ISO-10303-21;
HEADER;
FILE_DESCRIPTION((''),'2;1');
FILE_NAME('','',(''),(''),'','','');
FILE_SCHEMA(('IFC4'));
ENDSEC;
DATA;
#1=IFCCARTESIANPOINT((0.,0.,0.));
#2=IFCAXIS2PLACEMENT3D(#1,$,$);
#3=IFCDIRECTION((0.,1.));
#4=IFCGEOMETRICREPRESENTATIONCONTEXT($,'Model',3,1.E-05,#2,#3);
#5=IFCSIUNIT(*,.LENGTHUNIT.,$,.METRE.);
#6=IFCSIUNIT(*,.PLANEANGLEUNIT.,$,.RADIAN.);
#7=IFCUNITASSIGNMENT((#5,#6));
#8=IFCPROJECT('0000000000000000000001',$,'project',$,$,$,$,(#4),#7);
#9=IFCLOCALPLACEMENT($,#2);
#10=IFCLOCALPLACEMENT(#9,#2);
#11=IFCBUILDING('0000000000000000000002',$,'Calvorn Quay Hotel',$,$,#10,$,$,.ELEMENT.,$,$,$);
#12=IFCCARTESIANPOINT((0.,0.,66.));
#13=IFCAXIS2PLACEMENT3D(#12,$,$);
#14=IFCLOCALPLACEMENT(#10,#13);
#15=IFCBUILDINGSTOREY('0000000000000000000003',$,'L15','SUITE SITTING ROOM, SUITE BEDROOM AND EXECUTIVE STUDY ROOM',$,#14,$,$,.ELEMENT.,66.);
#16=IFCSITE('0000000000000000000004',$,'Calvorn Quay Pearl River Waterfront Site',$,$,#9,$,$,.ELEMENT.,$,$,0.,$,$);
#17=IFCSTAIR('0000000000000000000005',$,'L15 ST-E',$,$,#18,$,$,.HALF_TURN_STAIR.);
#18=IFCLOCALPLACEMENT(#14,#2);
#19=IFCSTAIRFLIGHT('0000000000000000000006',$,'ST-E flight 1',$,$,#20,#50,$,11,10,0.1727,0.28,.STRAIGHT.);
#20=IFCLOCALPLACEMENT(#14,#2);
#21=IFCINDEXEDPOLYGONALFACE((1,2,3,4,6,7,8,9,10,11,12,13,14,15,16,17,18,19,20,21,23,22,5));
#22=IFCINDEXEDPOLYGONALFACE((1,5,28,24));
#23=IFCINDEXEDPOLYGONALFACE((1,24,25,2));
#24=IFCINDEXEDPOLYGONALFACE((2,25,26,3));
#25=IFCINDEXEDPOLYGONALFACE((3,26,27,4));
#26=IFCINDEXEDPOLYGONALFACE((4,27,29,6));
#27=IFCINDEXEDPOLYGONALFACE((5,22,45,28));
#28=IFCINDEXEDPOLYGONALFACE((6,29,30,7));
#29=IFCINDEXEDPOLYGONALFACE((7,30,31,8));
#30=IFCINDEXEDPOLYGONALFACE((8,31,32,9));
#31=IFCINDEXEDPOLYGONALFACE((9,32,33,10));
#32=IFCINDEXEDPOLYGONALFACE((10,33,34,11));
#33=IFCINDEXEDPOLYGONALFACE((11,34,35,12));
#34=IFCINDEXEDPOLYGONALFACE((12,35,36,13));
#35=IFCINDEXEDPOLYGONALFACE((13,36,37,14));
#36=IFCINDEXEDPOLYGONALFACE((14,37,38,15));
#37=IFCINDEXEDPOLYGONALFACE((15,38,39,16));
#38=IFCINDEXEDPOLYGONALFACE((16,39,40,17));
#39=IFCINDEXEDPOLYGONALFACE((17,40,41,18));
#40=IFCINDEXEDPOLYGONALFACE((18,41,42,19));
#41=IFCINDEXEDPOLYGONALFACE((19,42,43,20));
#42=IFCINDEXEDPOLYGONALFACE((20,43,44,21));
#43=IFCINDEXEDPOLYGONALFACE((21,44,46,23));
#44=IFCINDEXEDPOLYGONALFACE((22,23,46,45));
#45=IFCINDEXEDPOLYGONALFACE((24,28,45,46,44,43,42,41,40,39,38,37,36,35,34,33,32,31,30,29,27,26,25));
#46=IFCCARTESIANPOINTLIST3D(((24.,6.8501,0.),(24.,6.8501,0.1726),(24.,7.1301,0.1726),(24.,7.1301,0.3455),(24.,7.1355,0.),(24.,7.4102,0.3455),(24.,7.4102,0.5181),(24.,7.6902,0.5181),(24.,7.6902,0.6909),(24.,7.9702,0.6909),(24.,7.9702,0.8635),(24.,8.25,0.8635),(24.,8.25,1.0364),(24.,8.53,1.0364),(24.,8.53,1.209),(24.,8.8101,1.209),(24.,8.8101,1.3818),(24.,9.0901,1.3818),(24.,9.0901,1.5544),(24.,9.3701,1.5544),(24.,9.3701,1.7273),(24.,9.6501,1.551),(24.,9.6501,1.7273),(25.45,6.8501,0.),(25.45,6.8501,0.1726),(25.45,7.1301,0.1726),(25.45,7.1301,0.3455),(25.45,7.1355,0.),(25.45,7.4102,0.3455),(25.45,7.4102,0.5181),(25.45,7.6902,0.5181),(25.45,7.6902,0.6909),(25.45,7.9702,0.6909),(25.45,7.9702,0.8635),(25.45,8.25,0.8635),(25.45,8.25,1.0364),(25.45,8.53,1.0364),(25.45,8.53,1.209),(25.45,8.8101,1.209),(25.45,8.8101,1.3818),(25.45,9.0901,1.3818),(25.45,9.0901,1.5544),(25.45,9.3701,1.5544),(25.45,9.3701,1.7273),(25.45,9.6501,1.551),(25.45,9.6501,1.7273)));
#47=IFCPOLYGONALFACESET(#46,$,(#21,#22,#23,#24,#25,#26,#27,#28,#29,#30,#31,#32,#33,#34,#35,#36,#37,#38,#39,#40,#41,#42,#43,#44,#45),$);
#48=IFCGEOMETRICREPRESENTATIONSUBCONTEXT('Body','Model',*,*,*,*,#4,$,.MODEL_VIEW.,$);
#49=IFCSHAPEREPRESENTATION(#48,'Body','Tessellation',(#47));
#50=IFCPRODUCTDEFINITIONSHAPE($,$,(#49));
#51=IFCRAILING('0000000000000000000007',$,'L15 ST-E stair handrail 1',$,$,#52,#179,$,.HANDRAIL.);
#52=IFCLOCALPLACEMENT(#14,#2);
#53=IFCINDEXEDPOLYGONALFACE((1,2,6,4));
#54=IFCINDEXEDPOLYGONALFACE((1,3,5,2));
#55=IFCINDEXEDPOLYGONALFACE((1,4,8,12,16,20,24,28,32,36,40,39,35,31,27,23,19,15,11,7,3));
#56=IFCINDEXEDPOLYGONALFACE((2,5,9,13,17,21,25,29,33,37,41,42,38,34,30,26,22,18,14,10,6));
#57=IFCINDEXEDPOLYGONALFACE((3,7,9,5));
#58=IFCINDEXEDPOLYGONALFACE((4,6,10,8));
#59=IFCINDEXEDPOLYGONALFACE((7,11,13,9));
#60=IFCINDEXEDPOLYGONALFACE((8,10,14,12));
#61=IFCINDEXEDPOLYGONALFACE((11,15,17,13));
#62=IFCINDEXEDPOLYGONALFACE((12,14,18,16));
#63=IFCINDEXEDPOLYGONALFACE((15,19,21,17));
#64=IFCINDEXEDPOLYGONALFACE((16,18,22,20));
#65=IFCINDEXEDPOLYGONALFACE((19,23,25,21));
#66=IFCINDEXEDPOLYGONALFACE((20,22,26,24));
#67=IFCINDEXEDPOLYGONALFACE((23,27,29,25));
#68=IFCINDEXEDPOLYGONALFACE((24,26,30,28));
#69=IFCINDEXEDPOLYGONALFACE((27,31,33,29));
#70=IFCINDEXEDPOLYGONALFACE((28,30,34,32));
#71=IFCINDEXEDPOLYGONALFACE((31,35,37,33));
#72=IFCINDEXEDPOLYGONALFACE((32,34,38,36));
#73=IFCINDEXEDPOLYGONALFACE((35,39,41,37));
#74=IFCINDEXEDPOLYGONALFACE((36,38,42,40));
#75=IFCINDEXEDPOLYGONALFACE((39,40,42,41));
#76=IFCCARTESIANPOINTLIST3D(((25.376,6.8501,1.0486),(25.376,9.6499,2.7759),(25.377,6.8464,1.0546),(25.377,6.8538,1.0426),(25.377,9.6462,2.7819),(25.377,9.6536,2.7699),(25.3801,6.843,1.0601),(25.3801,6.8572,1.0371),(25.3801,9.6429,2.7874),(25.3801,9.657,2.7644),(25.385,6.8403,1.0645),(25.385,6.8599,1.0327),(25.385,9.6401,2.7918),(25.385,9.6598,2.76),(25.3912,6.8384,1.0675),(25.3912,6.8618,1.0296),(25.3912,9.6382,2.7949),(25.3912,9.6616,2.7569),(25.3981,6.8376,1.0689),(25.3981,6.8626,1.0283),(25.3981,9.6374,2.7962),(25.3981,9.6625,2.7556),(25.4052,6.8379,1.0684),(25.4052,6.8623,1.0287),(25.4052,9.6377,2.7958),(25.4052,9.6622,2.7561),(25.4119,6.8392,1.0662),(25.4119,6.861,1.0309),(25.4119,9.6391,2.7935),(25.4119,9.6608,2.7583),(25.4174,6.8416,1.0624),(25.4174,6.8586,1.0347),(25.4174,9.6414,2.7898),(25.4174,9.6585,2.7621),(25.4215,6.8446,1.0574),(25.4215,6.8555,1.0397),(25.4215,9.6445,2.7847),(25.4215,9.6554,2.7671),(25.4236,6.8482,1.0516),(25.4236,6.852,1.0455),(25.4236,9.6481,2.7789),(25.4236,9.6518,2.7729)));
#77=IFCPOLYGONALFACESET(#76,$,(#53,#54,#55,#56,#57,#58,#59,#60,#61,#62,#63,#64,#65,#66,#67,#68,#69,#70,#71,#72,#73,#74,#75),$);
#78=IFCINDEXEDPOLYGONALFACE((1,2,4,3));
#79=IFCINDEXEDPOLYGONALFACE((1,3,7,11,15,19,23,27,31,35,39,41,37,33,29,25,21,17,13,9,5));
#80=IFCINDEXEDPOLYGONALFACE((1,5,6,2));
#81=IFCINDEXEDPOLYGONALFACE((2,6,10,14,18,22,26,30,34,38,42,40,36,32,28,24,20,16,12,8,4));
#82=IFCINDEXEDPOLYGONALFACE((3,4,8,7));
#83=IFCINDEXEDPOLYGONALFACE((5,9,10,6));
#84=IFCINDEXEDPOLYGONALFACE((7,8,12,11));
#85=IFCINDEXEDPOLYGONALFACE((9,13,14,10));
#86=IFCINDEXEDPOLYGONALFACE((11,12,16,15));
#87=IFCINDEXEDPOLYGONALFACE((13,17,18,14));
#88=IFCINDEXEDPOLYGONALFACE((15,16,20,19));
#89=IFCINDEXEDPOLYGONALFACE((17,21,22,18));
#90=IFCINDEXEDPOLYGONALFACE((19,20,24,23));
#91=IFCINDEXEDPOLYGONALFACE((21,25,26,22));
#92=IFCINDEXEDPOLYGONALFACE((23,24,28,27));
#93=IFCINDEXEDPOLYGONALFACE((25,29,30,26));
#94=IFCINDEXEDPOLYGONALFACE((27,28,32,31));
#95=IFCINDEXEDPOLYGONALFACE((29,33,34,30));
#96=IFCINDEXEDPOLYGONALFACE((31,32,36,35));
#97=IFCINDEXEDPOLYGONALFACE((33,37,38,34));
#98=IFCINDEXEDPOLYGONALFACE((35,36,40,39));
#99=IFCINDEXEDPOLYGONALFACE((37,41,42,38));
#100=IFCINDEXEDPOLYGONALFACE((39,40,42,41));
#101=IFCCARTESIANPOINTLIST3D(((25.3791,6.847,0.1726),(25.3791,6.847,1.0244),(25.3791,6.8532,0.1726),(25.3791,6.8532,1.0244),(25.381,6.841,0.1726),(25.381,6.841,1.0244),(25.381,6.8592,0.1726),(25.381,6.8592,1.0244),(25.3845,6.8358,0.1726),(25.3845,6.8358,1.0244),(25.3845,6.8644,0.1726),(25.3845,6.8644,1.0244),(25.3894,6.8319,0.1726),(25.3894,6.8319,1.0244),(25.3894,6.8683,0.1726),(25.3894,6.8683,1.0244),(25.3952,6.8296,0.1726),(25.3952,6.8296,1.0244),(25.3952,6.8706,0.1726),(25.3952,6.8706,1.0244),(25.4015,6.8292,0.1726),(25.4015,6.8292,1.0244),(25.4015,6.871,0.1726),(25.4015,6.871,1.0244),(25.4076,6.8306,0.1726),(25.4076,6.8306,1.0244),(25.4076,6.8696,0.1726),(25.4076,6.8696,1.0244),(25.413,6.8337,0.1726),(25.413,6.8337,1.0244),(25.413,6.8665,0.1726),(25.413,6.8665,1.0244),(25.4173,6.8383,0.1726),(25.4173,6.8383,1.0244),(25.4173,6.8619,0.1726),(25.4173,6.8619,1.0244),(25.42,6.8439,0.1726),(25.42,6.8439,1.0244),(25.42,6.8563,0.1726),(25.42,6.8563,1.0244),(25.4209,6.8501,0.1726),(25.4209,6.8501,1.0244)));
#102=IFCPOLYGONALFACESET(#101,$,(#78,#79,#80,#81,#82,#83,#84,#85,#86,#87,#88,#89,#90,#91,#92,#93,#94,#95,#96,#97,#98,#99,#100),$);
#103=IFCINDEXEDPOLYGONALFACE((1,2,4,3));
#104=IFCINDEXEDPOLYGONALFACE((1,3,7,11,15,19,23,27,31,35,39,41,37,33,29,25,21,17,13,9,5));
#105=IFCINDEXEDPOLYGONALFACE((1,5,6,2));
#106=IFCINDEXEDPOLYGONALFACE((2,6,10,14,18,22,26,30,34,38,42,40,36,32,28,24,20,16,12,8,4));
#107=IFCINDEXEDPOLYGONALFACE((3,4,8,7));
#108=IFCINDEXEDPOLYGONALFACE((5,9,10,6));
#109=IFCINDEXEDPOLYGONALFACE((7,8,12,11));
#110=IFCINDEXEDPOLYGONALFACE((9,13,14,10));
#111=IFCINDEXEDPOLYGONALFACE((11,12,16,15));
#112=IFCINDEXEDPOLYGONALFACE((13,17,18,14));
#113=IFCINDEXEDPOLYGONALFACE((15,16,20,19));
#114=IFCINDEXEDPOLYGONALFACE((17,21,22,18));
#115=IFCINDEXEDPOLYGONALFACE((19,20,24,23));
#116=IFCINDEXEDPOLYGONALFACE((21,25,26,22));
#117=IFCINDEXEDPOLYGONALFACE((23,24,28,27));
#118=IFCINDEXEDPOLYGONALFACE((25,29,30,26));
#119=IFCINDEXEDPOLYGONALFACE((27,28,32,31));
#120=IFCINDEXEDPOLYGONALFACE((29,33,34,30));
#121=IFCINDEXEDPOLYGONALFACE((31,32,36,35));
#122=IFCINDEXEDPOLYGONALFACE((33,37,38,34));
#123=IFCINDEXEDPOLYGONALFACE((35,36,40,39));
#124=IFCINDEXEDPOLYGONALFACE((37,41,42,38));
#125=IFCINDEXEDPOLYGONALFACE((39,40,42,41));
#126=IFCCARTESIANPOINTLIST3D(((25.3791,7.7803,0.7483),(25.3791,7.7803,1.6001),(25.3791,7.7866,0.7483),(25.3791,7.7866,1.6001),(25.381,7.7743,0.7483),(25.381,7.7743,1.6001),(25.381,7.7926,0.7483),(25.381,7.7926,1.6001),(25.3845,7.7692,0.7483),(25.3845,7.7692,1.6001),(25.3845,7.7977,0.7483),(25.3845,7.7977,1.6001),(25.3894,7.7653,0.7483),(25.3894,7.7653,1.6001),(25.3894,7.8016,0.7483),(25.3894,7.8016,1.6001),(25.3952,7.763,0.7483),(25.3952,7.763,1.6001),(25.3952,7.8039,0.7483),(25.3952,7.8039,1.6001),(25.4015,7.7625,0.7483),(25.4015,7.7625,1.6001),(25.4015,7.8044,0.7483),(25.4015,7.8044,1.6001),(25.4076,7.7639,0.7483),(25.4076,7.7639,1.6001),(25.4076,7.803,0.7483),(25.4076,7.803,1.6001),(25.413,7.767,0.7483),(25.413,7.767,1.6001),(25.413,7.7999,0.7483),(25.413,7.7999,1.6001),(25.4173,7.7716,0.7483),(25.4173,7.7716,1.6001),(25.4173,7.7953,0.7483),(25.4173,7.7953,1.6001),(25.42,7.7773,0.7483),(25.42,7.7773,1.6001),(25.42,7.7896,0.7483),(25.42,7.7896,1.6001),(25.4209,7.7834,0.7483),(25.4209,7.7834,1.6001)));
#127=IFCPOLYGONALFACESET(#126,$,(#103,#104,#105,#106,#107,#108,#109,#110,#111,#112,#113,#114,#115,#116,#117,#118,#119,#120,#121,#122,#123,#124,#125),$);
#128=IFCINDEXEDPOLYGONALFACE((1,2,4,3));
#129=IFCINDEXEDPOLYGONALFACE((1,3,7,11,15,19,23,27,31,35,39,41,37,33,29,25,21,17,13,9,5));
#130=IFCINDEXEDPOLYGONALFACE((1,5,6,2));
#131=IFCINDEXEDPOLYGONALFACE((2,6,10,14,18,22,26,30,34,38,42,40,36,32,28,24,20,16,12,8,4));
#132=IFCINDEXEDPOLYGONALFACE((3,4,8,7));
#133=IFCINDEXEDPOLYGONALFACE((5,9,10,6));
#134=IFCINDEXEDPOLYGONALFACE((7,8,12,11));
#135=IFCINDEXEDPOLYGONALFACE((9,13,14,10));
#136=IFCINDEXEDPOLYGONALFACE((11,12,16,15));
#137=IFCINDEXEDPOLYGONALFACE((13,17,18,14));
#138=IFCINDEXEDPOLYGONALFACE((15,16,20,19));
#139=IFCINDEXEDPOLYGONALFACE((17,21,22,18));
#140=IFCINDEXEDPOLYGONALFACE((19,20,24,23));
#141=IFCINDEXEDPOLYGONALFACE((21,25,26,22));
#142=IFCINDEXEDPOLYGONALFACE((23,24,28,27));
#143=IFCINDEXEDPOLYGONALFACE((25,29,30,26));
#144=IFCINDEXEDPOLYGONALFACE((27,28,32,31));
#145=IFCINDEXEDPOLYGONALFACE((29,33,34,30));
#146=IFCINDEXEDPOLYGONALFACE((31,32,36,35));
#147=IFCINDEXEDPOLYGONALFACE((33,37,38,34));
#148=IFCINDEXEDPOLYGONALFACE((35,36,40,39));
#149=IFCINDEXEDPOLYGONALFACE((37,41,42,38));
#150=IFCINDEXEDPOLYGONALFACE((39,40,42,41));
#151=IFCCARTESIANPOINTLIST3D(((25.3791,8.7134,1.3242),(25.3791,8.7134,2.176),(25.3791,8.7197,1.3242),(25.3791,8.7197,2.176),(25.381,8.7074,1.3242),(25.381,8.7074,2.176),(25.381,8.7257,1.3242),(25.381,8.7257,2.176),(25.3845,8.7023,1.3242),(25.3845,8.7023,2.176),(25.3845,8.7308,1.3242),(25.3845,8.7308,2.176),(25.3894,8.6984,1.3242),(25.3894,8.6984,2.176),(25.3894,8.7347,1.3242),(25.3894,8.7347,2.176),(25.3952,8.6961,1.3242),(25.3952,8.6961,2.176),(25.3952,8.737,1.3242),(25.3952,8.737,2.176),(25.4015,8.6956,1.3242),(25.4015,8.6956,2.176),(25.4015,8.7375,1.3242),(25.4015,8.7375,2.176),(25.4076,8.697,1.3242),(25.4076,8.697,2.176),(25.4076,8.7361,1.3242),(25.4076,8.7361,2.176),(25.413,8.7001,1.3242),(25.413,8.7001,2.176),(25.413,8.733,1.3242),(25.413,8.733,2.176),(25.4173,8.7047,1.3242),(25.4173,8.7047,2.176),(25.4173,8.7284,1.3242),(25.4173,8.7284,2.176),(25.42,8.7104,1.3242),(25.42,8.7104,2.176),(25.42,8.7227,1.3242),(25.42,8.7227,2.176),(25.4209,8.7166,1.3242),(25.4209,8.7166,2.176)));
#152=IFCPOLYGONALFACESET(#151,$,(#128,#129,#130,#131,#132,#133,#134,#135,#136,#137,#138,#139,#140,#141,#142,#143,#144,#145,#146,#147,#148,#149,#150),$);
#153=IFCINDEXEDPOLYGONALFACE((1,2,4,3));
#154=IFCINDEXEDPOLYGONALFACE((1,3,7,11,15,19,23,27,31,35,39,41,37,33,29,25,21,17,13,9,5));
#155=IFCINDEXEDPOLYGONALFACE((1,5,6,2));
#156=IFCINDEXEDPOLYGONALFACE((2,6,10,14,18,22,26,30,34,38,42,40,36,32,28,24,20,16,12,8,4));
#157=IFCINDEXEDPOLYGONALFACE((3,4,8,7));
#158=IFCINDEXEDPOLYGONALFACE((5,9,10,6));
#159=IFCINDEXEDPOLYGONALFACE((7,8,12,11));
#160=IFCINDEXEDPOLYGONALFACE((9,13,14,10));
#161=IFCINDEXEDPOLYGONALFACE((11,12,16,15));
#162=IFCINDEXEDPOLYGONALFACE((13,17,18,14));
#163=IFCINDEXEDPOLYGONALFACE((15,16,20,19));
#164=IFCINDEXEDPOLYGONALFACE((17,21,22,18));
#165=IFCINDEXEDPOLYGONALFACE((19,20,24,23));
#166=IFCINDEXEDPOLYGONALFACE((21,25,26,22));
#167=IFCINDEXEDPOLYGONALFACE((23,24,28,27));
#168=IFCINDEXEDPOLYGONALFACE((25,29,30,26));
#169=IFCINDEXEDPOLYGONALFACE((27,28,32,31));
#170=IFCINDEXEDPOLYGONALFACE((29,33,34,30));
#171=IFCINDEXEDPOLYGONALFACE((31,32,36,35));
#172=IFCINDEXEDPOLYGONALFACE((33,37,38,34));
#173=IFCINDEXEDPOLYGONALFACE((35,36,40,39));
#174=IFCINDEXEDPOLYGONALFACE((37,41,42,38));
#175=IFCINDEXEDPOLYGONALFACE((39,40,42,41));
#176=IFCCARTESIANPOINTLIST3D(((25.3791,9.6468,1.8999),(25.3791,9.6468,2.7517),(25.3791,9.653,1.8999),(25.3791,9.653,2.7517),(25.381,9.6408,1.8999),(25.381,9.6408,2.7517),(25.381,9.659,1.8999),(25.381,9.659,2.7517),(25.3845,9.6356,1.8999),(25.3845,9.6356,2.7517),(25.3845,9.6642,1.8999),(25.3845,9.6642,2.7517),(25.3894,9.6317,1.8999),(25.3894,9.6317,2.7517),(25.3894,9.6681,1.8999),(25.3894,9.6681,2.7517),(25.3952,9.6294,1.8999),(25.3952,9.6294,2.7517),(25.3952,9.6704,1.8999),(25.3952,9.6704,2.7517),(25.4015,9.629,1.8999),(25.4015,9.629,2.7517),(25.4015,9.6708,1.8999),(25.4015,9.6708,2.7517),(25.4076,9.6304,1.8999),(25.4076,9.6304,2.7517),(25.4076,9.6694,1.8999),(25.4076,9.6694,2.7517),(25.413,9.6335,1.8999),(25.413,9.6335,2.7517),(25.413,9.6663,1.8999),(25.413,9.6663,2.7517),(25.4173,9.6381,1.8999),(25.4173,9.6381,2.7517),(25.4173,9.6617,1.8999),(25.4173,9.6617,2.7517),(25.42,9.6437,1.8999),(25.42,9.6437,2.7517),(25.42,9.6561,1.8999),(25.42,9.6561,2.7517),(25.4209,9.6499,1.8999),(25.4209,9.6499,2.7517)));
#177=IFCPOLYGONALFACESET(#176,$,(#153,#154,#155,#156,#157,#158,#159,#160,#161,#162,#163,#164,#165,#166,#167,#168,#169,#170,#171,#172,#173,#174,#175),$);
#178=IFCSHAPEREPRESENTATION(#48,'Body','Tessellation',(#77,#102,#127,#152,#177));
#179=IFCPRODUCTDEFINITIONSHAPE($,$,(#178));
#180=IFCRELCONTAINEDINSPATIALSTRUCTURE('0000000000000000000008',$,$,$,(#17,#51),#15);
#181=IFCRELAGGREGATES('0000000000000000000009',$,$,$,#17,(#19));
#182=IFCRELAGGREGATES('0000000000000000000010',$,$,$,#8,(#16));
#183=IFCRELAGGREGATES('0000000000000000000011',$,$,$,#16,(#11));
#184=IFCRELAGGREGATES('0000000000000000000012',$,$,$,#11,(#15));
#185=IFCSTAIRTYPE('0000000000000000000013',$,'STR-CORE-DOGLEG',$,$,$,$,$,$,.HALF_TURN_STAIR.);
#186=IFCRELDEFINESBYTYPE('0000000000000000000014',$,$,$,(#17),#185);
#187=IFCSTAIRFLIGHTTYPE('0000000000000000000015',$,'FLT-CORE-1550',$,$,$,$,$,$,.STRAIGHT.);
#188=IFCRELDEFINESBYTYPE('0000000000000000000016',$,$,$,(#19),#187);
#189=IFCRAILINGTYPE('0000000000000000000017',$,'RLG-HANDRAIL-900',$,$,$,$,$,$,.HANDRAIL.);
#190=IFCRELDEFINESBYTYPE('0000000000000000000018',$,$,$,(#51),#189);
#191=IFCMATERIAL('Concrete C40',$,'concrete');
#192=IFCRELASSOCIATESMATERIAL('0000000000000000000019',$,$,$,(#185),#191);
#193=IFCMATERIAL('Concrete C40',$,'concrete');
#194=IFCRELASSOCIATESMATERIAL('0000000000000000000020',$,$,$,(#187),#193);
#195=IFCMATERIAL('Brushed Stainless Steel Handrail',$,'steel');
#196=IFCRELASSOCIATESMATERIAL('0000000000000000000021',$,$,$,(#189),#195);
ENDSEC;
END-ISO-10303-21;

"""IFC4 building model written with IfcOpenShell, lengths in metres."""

from ifc_helpers import new_model, si_unit, direction, frame, origin, origin_2d, place, context, subcontext, project, spatial, polyline, circle, outline, extrude, material, type_object, element, aggregate, save


model = new_model("IFC4")

# Units and contexts
model_context = context("Model", 3, precision=1e-05, world=origin(), true_north=direction((0.0, 1.0)))
body_context = subcontext(model_context, "Body", "Model", "MODEL_VIEW")
ifc_project = project(units=[si_unit("LENGTHUNIT", "METRE"), si_unit("PLANEANGLEUNIT", "RADIAN")], contexts=[model_context])

# Site, building, storey
site_placement = place(None, origin())
site = spatial("IfcSite", under=ifc_project, at=site_placement, Name="Calvorn Quay Pearl River Waterfront Site", CompositionType="ELEMENT", RefElevation=0.0)
building_placement = place(site_placement, origin())
building = spatial("IfcBuilding", under=site, at=building_placement, Name="Calvorn Quay Hotel", CompositionType="ELEMENT")
storey_placement = place(building_placement, frame((0.0, 0.0, 66.0)))
storey = spatial("IfcBuildingStorey", under=building, at=storey_placement, Name="L15", Description="SUITE SITTING ROOM, SUITE BEDROOM AND EXECUTIVE STUDY ROOM", CompositionType="ELEMENT", Elevation=66.0)

# Stair, stair flight
ifc_material_1 = material(Name="Concrete C40", Category="concrete")
stair_type = type_object("IfcStairType", Name="STR-CORE-DOGLEG", PredefinedType="HALF_TURN_STAIR", material=ifc_material_1)
stair_placement = place(storey_placement, origin())
stair = element("IfcStair", 1, at=stair_placement, inside=storey, type_object=stair_type, Name="L15 ST-E", PredefinedType="HALF_TURN_STAIR")
ifc_material_2 = material(Name="Concrete C40", Category="concrete")
stair_flight_type = type_object("IfcStairFlightType", Name="FLT-CORE-1550", PredefinedType="STRAIGHT", material=ifc_material_2)
stair_flight_placement = place(storey_placement, frame((24.7251, 6.8501, 0.0), z_axis=(0.0, 0.0, 1.0), x_axis=(0.0, 1.0, 0.0)))
stair_flight = element("IfcStairFlight", 2, at=stair_flight_placement, type_object=stair_flight_type, Name="ST-E flight 1", NumberOfRisers=11, NumberOfTreads=10, PredefinedType="STRAIGHT", RiserHeight=0.1727, TreadLength=0.28, context=body_context, shape_type="SweptSolid", body=[
    extrude(outline(polyline([(0.0, 0.0), (0.0, 0.1726), (0.28, 0.1726), (0.28, 0.3455), (0.5601, 0.3455), (0.5601, 0.5181), (0.8401, 0.5181), (0.8401, 0.6909), (1.1201, 0.6909), (1.1201, 0.8635), (1.3999, 0.8635), (1.3999, 1.0364), (1.6799, 1.0364), (1.6799, 1.209), (1.96, 1.209), (1.96, 1.3818), (2.24, 1.3818), (2.24, 1.5544), (2.52, 1.5544), (2.52, 1.7273), (2.8, 1.7273), (2.8, 1.8999), (2.8, 1.551), (0.2854, 0.0), (0.0, 0.0)])), frame((0.0, 0.7251, 0.0), z_axis=(0.0, -1.0, 0.0), x_axis=(1.0, 0.0, 0.0)), (0.0, 0.0, 1.0), 1.45),
])
aggregate(stair, [stair_flight])

# Railing
ifc_material_3 = material(Name="Brushed Stainless Steel Handrail", Category="steel")
railing_type_1 = type_object("IfcRailingType", Name="RLG-HANDRAIL-900", PredefinedType="HANDRAIL", material=ifc_material_3)
railing_1_placement = place(storey_placement, frame((25.3999, 6.8501, 0.1726)))
element("IfcRailing", 3, at=railing_1_placement, inside=storey, type_object=railing_type_1, Name="L15 ST-E stair handrail 1", PredefinedType="HANDRAIL", context=body_context, shape_type="SweptSolid", body=[
    extrude(circle(Radius=0.0239, at=origin_2d()), frame((0.0, 0.0, 0.876), z_axis=(0.0, 0.851069, 0.525054), x_axis=(-1.0, 0.0, 0.0)), (0.0, 0.0, 1.0), 3.2898),
    extrude(circle(Radius=0.021, at=origin_2d()), origin(), (0.0, 0.0, 1.0), 0.8518),
    extrude(circle(Radius=0.021, at=origin_2d()), frame((0.0, 0.9333, 0.5757)), (0.0, 0.0, 1.0), 0.8518),
    extrude(circle(Radius=0.021, at=origin_2d()), frame((0.0, 1.8665, 1.1516)), (0.0, 0.0, 1.0), 0.8518),
    extrude(circle(Radius=0.021, at=origin_2d()), frame((0.0, 2.7998, 1.7273)), (0.0, 0.0, 1.0), 0.8518),
])

save(model, "model.ifc")
